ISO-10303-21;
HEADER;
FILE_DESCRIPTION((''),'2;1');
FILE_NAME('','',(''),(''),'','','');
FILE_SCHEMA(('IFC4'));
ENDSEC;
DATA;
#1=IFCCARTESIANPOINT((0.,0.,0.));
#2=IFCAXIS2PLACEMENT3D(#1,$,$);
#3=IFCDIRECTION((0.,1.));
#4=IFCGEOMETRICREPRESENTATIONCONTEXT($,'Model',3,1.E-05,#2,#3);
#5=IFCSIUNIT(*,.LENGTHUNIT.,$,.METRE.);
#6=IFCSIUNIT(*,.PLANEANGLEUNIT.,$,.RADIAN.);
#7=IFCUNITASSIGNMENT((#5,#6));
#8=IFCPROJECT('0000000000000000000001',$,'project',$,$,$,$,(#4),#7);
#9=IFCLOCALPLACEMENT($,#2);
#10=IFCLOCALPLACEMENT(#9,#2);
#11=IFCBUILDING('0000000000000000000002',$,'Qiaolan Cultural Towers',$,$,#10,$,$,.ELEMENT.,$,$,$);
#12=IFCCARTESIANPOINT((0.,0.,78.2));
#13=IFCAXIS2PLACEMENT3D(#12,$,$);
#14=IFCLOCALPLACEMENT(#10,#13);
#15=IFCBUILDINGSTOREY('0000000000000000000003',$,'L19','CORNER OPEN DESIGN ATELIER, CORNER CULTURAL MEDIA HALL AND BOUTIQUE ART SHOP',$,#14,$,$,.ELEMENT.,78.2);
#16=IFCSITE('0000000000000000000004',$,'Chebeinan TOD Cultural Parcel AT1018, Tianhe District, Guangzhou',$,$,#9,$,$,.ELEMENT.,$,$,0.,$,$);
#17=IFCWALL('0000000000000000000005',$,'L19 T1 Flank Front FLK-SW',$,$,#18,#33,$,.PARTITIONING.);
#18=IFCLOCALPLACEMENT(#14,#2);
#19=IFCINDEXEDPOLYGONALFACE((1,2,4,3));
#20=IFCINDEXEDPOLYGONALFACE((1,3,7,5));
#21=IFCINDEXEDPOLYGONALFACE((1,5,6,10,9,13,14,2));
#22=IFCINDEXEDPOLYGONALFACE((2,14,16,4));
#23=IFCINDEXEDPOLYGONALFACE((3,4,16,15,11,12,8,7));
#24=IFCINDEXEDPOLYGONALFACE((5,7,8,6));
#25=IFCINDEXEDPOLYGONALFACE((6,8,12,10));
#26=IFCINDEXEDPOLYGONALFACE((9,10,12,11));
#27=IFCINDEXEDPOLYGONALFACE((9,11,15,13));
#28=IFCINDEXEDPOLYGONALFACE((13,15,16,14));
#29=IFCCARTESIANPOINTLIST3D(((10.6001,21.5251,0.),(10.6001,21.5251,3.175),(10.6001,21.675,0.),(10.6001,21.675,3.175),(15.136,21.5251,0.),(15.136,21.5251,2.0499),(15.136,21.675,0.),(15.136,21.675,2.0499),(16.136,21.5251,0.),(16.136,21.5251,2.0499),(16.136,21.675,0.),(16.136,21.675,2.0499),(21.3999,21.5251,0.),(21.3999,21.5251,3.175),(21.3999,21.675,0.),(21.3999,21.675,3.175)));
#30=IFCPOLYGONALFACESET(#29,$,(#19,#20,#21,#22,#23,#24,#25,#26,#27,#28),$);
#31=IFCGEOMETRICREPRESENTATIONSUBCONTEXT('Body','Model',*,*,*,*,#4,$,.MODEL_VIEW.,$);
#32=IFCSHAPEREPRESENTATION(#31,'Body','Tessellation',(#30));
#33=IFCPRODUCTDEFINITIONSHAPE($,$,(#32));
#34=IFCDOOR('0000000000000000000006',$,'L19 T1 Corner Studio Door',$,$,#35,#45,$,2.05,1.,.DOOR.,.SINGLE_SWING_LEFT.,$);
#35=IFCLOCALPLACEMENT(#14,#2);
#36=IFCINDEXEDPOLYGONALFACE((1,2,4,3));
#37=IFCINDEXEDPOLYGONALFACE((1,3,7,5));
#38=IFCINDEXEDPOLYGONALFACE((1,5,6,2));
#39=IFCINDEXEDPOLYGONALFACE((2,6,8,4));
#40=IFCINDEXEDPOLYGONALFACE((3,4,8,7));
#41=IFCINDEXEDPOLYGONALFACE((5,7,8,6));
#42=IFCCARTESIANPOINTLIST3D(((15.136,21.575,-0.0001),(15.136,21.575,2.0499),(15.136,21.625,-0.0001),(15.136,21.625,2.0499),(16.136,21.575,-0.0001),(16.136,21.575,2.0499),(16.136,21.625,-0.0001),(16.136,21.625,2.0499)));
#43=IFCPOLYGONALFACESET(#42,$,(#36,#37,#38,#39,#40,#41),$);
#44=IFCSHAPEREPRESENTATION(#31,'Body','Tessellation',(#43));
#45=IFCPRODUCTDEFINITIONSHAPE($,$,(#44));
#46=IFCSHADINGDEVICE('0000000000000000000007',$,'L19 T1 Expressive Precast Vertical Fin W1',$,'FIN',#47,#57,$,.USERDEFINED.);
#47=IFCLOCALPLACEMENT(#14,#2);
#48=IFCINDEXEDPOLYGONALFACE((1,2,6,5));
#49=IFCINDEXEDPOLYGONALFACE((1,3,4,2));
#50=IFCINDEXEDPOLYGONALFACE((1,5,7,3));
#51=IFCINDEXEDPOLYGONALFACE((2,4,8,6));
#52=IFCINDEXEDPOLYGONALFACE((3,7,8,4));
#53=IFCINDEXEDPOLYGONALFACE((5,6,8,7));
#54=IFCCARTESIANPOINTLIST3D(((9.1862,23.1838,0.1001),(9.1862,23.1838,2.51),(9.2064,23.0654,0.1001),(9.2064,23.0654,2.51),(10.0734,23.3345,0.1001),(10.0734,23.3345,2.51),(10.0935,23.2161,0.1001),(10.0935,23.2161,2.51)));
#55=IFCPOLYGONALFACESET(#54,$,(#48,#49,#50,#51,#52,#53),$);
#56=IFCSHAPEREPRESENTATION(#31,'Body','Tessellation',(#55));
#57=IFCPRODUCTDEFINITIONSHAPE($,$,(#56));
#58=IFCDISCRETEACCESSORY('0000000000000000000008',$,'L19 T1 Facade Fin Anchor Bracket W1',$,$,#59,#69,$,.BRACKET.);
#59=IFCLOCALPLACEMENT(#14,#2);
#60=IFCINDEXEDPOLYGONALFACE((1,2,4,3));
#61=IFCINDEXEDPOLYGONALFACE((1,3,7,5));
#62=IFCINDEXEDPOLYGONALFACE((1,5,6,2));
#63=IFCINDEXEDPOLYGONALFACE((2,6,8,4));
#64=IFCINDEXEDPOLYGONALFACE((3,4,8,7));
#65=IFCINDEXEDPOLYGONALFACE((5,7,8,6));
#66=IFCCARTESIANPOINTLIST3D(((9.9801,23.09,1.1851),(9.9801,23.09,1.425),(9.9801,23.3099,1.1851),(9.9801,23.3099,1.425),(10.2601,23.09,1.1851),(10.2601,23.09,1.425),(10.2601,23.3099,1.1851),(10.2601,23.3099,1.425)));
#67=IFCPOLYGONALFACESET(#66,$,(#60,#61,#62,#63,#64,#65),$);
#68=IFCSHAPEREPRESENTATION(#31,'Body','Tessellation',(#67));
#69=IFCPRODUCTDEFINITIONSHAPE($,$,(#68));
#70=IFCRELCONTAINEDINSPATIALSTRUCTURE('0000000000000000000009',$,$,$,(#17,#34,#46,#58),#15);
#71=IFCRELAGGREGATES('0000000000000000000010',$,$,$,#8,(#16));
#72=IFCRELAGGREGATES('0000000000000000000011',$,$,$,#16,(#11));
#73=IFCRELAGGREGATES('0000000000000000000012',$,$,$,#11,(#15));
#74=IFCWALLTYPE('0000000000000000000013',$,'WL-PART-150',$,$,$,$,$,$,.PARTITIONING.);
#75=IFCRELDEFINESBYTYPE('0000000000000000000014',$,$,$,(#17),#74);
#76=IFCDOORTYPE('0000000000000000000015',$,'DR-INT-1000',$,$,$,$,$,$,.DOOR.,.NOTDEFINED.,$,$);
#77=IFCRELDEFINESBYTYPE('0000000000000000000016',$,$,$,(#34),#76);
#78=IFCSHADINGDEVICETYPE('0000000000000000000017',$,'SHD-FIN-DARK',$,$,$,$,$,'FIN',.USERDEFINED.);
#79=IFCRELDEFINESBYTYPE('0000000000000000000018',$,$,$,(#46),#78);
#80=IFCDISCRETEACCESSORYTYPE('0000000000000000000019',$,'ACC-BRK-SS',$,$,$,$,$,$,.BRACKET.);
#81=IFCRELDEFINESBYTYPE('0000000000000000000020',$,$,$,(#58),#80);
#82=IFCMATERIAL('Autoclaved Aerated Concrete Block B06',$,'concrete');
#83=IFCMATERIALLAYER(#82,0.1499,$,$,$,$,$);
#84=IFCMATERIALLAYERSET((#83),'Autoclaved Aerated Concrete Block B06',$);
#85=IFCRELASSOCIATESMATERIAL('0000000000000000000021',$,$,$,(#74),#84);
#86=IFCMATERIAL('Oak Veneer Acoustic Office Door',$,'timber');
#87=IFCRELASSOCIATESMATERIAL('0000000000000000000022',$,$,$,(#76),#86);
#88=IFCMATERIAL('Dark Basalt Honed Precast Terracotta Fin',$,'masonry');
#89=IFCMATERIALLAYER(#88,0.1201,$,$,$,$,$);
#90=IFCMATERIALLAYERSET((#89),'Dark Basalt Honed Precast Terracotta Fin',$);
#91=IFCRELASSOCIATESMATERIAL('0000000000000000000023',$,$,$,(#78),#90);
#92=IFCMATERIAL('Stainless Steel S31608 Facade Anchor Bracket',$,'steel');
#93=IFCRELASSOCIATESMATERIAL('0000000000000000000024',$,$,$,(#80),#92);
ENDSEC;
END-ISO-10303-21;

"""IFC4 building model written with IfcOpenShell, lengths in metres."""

from ifc_helpers import new_model, si_unit, direction, frame, frame_2d, origin, origin_2d, place, context, subcontext, project, spatial, rectangle, extrude, material, layer, layer_set, type_object, element, fill, save


model = new_model("IFC4")

# Units and contexts
model_context = context("Model", 3, precision=1e-05, world=origin(), true_north=direction((0.0, 1.0)))
body_context = subcontext(model_context, "Body", "Model", "MODEL_VIEW")
ifc_project = project(units=[si_unit("LENGTHUNIT", "METRE"), si_unit("PLANEANGLEUNIT", "RADIAN")], contexts=[model_context])

# Site, building, storey
site_placement = place(None, origin())
site = spatial("IfcSite", under=ifc_project, at=site_placement, Name="Chebeinan TOD Cultural Parcel AT1018, Tianhe District, Guangzhou", CompositionType="ELEMENT", RefElevation=0.0)
building_placement = place(site_placement, origin())
building = spatial("IfcBuilding", under=site, at=building_placement, Name="Qiaolan Cultural Towers", CompositionType="ELEMENT")
storey_placement = place(building_placement, frame((0.0, 0.0, 78.2)))
storey = spatial("IfcBuildingStorey", under=building, at=storey_placement, Name="L19", Description="CORNER OPEN DESIGN ATELIER, CORNER CULTURAL MEDIA HALL AND BOUTIQUE ART SHOP", CompositionType="ELEMENT", Elevation=78.2)

# Shared definitions
ifc_material_1 = material(Name="Autoclaved Aerated Concrete Block B06", Category="concrete")
ifc_layer_1 = layer(ifc_material_1, 0.1499)
ifc_layer_set_1 = layer_set([ifc_layer_1], Name="Autoclaved Aerated Concrete Block B06")
wall_type_1 = type_object("IfcWallType", Name="WL-PART-150", PredefinedType="PARTITIONING", material=ifc_layer_set_1)

# Wall, opening, door
wall_1_placement = place(storey_placement, frame((10.6001, 21.6001, 0.0), z_axis=(0.0, 0.0, 1.0), x_axis=(1.0, 0.0, 0.0)))
wall_1 = element("IfcWall", 1, at=wall_1_placement, inside=storey, type_object=wall_type_1, Name="L19 T1 Flank Front FLK-SW", PredefinedType="PARTITIONING", context=body_context, shape_type="SweptSolid", body=[
    extrude(rectangle(XDim=10.7998, YDim=0.1499, at=frame_2d((5.3999, 0.0))), origin(), (0.0, 0.0, 1.0), 3.175),
])
opening_1_placement = place(wall_1_placement, frame((4.5359, 0.0, 0.0)))
opening_1 = element("IfcOpeningElement", 2, at=opening_1_placement, cuts=wall_1, PredefinedType="OPENING", context=body_context, shape_type="SweptSolid", body=[
    extrude(rectangle(XDim=1.0, YDim=2.05, at=frame_2d((0.5, 1.0249))), frame((0.0, 0.085, 0.0), z_axis=(0.0, -1.0, 0.0), x_axis=(1.0, 0.0, 0.0)), (0.0, 0.0, 1.0), 0.1699),
])
ifc_material_2 = material(Name="Oak Veneer Acoustic Office Door", Category="timber")
door_type_1 = type_object("IfcDoorType", Name="DR-INT-1000", OperationType="NOTDEFINED", PredefinedType="DOOR", material=ifc_material_2)
door_1_placement = place(opening_1_placement, origin())
door_1 = element("IfcDoor", 3, at=door_1_placement, inside=storey, type_object=door_type_1, Name="L19 T1 Corner Studio Door", OperationType="SINGLE_SWING_LEFT", OverallHeight=2.05, OverallWidth=1.0, PredefinedType="DOOR", context=body_context, shape_type="SweptSolid", body=[
    extrude(rectangle(XDim=1.0, YDim=2.05, at=frame_2d((0.5, 1.0249))), frame((0.0, 0.0249, 0.0), z_axis=(0.0, -1.0, 0.0), x_axis=(1.0, 0.0, 0.0)), (0.0, 0.0, 1.0), 0.05),
])
fill(opening_1, door_1)

# Shading device
ifc_material_3 = material(Name="Dark Basalt Honed Precast Terracotta Fin", Category="masonry")
ifc_layer_2 = layer(ifc_material_3, 0.1201)
ifc_layer_set_2 = layer_set([ifc_layer_2], Name="Dark Basalt Honed Precast Terracotta Fin")
shading_device_type = type_object("IfcShadingDeviceType", Name="SHD-FIN-DARK", ElementType="FIN", PredefinedType="USERDEFINED", material=ifc_layer_set_2)
shading_device_placement = place(storey_placement, frame((9.6399, 23.2, 0.1001), z_axis=(0.0, 0.0, 1.0), x_axis=(0.985874, 0.167488, 0.0)))
element("IfcShadingDevice", 4, at=shading_device_placement, inside=storey, type_object=shading_device_type, Name="L19 T1 Expressive Precast Vertical Fin W1", ObjectType="FIN", PredefinedType="USERDEFINED", context=body_context, shape_type="SweptSolid", body=[
    extrude(rectangle(XDim=0.8999, YDim=0.1201, at=origin_2d()), origin(), (0.0, 0.0, 1.0), 2.4099),
])

# Discrete accessory
ifc_material_4 = material(Name="Stainless Steel S31608 Facade Anchor Bracket", Category="steel")
discrete_accessory_type = type_object("IfcDiscreteAccessoryType", Name="ACC-BRK-SS", PredefinedType="BRACKET", material=ifc_material_4)
discrete_accessory_placement = place(storey_placement, frame((10.1201, 23.2, 1.1851), z_axis=(0.0, 0.0, 1.0), x_axis=(1.0, 0.0, 0.0)))
element("IfcDiscreteAccessory", 5, at=discrete_accessory_placement, inside=storey, type_object=discrete_accessory_type, Name="L19 T1 Facade Fin Anchor Bracket W1", PredefinedType="BRACKET", context=body_context, shape_type="SweptSolid", body=[
    extrude(rectangle(XDim=0.28, YDim=0.22, at=origin_2d()), origin(), (0.0, 0.0, 1.0), 0.24),
])

save(model, "model.ifc")
